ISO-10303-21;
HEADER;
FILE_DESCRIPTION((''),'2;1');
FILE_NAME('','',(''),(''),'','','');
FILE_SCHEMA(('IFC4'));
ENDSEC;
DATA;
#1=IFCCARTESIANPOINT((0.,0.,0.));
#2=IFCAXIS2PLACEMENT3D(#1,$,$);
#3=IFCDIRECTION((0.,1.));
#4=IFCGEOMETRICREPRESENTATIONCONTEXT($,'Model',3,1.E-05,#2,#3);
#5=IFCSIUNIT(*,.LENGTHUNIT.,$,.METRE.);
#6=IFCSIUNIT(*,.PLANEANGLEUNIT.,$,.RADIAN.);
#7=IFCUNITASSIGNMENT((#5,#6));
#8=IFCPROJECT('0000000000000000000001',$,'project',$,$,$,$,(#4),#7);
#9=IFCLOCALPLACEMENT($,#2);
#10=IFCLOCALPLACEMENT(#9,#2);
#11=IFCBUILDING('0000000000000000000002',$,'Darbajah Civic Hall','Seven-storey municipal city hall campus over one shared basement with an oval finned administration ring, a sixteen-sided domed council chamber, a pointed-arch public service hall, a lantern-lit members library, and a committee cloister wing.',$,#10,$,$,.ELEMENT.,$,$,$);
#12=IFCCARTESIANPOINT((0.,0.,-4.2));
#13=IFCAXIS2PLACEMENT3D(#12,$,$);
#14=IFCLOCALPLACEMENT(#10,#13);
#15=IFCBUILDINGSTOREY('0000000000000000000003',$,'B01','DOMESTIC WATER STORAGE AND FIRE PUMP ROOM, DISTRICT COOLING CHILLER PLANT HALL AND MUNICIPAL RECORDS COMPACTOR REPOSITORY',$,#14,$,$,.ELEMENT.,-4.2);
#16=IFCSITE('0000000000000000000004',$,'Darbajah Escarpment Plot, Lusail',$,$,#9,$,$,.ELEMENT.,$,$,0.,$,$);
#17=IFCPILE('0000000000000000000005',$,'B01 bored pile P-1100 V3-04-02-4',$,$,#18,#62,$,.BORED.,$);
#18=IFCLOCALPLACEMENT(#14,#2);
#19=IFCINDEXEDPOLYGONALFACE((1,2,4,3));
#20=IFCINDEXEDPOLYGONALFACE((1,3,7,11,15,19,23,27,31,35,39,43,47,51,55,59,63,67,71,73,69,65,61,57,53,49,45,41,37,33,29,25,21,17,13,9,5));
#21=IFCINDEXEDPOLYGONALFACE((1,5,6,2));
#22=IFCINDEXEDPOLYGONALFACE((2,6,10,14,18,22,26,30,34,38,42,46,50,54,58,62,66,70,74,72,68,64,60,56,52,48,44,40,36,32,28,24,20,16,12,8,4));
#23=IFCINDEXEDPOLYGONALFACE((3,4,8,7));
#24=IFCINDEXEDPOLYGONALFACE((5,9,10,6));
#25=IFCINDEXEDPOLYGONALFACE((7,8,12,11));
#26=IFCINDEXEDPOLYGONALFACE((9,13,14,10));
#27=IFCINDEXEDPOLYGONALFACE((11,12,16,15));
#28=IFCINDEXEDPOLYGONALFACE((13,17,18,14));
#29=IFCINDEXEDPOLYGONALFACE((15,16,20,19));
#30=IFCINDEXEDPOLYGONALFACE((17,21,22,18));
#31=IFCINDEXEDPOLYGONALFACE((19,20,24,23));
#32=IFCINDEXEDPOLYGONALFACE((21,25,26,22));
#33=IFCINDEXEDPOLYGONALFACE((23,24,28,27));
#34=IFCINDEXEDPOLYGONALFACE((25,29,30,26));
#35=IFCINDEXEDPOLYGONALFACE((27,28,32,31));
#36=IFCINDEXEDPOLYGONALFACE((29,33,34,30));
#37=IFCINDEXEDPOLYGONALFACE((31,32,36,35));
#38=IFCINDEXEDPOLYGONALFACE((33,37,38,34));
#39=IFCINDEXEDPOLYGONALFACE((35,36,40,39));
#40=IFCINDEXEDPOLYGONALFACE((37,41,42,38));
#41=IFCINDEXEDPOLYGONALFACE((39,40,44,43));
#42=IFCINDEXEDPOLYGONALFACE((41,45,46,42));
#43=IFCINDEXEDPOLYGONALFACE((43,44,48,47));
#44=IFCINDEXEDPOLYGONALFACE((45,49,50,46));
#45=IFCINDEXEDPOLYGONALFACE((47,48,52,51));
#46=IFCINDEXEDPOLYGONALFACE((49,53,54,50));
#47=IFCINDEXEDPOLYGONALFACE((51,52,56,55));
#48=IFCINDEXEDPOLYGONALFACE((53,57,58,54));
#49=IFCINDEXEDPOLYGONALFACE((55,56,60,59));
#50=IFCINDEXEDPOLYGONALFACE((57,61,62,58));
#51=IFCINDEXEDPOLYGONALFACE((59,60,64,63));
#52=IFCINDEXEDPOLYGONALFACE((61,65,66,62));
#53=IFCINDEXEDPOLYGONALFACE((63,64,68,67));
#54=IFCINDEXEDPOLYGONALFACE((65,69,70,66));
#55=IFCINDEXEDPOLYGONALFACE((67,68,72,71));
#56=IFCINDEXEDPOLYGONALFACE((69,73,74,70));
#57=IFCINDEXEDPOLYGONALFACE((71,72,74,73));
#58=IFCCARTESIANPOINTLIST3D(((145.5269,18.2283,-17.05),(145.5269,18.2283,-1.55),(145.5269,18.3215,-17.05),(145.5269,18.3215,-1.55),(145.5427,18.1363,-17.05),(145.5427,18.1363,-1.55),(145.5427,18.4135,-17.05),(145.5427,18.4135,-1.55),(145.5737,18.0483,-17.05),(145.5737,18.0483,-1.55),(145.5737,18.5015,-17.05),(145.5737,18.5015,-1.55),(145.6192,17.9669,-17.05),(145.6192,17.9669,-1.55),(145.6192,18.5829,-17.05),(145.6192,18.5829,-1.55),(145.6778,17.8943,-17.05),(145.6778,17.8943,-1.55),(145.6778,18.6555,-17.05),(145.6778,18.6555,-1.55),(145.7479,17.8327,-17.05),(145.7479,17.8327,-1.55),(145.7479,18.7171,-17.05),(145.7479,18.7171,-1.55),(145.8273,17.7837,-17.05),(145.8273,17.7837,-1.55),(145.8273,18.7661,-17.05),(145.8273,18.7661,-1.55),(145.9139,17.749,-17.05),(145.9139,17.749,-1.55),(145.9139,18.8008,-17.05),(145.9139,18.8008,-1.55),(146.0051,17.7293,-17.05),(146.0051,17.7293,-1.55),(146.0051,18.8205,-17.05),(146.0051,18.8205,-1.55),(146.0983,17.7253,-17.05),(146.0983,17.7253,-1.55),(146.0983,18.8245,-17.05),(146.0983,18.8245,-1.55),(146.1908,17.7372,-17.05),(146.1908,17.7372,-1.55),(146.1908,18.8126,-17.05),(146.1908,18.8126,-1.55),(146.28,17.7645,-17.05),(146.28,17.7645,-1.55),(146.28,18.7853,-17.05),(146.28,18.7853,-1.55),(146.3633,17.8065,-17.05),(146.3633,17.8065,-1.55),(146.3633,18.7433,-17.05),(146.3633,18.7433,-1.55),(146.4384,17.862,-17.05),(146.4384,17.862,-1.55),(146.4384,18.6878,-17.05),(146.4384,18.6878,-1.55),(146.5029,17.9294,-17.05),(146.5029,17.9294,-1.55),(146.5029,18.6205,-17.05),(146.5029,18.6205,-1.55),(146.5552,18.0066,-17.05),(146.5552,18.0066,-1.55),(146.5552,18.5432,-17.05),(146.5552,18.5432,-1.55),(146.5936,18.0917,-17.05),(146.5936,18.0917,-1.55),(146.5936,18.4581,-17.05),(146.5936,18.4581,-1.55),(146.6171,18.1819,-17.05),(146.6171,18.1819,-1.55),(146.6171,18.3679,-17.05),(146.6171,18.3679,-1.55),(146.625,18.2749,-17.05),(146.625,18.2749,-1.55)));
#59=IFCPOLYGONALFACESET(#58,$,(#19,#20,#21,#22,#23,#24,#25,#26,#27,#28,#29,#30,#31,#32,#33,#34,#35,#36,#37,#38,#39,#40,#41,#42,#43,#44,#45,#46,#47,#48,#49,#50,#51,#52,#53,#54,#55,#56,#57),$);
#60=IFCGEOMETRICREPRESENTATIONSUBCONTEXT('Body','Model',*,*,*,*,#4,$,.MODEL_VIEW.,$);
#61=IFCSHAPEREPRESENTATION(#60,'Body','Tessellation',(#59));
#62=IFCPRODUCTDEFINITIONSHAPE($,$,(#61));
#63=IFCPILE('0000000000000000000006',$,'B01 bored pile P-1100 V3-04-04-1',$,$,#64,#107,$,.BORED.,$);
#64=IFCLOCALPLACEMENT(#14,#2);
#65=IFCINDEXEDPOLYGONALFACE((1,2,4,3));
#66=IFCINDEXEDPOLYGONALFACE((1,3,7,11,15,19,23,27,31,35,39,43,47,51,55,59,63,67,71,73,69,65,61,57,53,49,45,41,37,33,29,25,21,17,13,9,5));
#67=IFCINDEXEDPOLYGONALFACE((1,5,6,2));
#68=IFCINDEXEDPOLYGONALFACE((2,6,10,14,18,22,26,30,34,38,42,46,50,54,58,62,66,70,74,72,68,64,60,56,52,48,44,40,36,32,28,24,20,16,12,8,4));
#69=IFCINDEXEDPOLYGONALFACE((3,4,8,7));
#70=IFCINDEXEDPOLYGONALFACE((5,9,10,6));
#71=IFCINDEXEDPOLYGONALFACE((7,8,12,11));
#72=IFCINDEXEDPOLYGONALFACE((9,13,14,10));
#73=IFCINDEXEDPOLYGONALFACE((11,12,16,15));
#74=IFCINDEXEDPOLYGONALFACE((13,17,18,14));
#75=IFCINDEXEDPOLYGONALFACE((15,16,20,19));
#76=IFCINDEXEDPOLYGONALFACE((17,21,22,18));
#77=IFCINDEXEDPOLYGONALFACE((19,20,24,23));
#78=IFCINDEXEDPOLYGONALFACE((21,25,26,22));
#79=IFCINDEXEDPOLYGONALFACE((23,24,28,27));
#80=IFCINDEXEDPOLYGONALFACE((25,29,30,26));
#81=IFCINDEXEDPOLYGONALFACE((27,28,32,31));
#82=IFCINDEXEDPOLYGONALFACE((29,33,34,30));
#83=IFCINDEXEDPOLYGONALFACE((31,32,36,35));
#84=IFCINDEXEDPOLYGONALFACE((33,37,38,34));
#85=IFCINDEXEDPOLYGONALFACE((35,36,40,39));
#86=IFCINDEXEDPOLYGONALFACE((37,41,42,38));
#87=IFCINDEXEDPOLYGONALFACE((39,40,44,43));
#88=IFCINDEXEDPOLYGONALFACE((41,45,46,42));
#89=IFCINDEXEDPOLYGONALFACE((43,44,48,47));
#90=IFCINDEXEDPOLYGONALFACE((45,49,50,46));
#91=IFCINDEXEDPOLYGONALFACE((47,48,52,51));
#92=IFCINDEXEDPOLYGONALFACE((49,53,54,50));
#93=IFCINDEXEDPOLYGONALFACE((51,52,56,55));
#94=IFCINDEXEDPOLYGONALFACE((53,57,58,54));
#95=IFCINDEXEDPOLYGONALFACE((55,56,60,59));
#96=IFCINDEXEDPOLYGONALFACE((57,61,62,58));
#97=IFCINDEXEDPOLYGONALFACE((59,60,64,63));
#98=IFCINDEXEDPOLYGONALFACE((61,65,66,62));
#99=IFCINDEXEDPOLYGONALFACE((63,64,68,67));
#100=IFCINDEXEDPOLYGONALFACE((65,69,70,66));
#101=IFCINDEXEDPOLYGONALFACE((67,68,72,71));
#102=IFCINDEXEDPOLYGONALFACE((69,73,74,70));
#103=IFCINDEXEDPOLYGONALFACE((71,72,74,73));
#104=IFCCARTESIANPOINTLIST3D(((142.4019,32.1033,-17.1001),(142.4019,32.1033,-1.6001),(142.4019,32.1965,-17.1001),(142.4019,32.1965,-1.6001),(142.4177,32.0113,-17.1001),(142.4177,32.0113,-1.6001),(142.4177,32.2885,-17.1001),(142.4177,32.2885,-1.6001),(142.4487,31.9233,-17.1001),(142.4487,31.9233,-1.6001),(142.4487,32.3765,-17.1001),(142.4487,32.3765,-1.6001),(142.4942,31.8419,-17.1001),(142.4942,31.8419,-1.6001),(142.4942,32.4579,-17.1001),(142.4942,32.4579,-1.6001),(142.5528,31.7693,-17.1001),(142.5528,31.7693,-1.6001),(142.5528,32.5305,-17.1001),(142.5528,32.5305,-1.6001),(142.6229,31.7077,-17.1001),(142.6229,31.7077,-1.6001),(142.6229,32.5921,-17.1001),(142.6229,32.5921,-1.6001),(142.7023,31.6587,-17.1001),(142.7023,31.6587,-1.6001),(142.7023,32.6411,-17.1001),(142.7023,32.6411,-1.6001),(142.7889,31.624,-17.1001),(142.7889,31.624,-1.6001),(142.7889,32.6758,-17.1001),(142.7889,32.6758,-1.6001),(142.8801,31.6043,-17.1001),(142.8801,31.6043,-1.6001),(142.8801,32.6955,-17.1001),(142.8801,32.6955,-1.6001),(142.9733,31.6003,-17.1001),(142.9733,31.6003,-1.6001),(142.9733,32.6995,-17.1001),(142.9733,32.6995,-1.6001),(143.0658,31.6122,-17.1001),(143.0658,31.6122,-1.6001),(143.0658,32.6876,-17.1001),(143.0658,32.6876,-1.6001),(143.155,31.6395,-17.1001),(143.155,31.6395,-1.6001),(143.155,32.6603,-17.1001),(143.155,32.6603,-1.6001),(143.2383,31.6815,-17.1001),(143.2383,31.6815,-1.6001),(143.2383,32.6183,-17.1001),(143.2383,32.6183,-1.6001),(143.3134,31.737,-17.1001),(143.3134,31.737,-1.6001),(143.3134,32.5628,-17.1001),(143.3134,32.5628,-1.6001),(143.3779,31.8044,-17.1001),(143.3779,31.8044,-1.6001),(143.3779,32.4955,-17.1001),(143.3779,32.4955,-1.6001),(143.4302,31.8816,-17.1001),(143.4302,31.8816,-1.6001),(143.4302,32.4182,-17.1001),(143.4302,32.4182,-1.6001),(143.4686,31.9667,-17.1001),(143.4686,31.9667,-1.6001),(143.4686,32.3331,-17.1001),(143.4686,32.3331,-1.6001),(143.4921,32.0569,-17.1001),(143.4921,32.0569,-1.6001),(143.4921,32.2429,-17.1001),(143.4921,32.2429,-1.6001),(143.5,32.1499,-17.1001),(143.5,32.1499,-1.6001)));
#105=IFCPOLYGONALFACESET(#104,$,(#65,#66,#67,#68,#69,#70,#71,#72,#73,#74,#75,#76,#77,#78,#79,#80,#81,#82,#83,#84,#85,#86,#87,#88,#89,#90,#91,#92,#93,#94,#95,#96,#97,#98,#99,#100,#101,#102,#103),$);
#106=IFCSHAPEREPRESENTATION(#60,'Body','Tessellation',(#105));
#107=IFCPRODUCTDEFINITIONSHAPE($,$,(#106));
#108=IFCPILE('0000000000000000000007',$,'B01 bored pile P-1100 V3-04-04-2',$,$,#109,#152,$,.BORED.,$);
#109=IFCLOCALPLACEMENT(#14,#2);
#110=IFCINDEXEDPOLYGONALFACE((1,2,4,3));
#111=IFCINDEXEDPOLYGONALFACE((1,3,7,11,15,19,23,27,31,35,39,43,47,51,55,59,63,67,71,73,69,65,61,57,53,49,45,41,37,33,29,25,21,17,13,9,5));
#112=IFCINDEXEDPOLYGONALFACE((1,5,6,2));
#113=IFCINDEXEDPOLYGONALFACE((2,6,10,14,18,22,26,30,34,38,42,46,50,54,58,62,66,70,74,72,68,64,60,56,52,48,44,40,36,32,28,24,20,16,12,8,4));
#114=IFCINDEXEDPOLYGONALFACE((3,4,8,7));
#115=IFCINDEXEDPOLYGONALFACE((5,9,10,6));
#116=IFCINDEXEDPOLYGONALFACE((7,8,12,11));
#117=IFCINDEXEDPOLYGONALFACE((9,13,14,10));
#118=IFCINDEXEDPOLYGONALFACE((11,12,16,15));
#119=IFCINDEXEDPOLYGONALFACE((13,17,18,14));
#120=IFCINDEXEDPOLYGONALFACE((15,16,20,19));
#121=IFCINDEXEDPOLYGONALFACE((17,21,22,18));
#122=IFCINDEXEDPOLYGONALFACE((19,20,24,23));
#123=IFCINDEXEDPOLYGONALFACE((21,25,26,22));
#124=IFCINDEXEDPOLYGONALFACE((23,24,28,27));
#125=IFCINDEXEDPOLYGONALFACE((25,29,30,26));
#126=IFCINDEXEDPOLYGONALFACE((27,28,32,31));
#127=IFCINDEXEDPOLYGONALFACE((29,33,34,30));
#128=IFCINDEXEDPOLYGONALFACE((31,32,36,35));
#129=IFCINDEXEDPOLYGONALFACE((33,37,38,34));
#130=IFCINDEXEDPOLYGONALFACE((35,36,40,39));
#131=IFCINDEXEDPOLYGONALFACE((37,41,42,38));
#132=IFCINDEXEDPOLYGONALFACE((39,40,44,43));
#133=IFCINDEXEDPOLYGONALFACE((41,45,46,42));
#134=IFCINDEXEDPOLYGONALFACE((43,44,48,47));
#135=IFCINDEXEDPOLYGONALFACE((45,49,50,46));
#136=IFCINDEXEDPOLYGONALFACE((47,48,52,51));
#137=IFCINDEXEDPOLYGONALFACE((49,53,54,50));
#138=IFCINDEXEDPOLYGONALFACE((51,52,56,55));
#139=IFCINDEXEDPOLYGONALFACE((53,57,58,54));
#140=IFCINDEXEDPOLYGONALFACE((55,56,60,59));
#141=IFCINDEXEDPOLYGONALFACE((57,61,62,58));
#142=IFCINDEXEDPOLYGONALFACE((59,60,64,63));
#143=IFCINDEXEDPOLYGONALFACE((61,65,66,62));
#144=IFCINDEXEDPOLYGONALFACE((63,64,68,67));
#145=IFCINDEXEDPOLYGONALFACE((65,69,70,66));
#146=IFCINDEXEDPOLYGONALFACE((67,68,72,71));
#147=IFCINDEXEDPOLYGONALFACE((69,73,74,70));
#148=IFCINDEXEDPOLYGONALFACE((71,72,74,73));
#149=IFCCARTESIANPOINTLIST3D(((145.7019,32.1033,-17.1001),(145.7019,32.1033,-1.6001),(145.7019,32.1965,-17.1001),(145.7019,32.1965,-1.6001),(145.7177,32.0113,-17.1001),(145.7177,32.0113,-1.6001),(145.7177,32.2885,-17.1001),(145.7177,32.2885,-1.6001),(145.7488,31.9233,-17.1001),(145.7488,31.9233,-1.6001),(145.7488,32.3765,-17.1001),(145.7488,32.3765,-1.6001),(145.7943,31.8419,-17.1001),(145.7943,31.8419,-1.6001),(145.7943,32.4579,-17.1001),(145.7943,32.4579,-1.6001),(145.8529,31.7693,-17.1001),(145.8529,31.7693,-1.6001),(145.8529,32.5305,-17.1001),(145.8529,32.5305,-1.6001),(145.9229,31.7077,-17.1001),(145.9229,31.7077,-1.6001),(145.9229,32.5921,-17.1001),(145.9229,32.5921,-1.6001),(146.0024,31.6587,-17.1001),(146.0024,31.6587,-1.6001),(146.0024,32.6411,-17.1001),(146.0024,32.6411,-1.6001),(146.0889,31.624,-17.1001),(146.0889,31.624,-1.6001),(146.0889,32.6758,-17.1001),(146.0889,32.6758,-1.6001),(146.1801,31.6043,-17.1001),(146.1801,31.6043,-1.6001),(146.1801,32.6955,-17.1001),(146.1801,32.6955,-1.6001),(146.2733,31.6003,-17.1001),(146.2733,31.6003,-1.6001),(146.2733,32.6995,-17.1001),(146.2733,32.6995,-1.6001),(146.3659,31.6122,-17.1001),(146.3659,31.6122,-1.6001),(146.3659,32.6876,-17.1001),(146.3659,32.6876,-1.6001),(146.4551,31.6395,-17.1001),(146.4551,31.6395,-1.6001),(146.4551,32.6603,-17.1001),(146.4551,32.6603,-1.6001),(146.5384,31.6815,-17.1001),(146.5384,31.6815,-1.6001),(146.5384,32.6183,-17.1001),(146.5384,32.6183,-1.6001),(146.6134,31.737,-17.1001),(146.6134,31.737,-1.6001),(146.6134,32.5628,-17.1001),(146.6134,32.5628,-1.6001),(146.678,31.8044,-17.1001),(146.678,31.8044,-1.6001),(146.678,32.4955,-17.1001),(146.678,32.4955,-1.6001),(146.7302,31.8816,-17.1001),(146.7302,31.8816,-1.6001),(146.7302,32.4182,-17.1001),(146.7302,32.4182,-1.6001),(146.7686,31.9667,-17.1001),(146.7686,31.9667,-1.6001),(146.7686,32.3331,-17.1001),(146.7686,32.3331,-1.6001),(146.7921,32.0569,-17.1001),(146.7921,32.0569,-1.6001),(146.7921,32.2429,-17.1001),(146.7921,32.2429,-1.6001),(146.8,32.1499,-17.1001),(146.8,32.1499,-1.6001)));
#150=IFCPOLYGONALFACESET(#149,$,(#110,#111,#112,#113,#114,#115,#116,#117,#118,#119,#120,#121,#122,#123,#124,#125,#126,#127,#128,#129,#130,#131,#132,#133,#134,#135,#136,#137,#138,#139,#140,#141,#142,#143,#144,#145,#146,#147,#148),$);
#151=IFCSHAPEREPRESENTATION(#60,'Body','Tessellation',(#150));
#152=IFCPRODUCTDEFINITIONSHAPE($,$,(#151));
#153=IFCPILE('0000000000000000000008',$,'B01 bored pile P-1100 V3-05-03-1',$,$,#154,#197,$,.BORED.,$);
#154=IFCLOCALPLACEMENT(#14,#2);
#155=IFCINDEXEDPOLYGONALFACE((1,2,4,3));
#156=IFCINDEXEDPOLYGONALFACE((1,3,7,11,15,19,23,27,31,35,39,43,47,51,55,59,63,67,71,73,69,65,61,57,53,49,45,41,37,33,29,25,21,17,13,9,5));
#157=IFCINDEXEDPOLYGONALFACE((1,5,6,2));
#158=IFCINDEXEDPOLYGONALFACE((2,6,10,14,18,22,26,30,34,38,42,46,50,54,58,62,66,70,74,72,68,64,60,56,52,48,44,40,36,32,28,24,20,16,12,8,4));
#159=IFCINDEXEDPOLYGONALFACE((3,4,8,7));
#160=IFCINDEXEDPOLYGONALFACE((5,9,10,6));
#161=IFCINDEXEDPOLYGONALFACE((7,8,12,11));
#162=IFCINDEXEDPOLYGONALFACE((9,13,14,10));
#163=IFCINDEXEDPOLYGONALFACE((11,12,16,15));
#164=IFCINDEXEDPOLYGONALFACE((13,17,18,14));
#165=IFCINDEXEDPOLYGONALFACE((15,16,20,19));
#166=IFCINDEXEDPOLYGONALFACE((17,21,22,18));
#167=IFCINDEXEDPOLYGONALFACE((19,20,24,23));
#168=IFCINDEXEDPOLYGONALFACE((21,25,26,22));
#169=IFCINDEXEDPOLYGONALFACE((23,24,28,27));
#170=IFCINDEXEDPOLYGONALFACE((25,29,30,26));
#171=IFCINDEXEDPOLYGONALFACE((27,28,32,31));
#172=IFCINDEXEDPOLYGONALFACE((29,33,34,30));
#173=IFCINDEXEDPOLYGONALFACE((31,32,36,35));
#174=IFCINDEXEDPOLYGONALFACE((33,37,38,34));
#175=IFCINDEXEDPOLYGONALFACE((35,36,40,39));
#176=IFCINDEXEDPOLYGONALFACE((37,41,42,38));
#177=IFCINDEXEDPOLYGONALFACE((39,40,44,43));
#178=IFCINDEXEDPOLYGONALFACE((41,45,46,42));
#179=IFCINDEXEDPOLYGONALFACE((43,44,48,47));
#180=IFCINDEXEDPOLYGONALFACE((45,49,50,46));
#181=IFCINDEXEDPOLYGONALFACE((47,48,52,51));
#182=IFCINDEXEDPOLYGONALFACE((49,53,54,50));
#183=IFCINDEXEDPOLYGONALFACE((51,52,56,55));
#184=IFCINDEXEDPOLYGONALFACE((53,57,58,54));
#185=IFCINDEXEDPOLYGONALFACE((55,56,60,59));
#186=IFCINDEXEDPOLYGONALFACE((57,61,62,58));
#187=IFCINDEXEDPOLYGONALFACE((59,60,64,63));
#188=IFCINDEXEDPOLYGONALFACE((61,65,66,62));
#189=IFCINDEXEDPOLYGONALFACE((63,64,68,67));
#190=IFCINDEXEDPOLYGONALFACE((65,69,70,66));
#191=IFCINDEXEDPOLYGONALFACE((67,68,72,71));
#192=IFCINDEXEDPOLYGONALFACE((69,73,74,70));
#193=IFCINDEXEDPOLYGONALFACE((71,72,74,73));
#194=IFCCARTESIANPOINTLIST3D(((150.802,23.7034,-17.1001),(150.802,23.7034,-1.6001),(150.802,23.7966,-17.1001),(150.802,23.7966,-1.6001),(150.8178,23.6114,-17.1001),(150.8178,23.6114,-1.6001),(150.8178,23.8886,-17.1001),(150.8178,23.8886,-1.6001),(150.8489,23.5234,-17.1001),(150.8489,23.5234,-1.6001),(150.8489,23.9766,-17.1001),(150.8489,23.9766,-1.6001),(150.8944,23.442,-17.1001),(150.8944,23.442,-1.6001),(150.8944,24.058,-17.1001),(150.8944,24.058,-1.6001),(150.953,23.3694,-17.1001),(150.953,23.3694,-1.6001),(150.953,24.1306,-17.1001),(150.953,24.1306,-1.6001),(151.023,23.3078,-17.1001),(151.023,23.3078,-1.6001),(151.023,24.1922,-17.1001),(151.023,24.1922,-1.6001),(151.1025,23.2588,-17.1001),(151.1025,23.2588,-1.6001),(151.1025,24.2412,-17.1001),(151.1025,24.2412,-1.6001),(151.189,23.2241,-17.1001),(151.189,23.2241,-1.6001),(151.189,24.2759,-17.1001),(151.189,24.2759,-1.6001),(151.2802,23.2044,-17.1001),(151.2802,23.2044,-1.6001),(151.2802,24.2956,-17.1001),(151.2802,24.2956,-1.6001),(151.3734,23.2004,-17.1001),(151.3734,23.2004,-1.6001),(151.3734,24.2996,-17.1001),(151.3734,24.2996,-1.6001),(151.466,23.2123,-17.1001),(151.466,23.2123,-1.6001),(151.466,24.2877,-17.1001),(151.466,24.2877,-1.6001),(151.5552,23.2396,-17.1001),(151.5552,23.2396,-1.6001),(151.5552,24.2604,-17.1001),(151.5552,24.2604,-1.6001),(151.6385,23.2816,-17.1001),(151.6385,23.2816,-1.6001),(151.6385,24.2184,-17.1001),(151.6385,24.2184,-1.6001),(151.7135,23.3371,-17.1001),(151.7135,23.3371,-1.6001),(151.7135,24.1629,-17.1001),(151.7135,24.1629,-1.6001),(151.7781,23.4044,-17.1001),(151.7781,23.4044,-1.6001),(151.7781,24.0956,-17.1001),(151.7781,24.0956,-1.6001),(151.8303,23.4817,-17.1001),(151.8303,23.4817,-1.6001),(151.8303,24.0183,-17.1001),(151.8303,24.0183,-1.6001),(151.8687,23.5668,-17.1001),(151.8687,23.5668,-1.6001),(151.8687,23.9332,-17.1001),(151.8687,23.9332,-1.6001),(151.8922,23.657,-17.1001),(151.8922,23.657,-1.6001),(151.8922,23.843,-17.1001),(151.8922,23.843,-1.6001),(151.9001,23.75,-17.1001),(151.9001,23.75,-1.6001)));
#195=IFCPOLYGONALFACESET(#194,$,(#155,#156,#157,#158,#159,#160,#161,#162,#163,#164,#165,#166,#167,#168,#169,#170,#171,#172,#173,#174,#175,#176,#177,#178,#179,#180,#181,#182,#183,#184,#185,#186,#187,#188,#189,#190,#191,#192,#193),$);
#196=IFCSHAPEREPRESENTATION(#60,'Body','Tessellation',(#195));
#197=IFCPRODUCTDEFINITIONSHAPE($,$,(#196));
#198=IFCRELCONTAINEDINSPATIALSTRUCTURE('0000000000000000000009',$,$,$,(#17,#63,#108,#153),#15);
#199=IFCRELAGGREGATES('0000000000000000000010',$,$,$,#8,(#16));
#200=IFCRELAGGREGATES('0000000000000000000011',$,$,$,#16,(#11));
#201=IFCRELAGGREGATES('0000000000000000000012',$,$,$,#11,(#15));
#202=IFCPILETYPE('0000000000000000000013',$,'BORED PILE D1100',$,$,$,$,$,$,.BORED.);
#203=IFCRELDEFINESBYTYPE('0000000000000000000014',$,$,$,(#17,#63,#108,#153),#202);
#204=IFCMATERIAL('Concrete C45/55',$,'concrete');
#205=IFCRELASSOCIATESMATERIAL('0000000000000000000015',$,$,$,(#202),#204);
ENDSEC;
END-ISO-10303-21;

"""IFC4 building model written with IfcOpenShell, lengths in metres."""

from ifc_helpers import new_model, si_unit, direction, frame, origin, origin_2d, place, context, subcontext, project, spatial, circle, extrude, material, material_profile, profile_set, type_object, element, save


model = new_model("IFC4")

# Units and contexts
model_context = context("Model", 3, precision=1e-05, world=origin(), true_north=direction((0.0, 1.0)))
body_context = subcontext(model_context, "Body", "Model", "MODEL_VIEW")
ifc_project = project(units=[si_unit("LENGTHUNIT", "METRE"), si_unit("PLANEANGLEUNIT", "RADIAN")], contexts=[model_context])

# Site, building, storey
site_placement = place(None, origin())
site = spatial("IfcSite", under=ifc_project, at=site_placement, Name="Darbajah Escarpment Plot, Lusail", CompositionType="ELEMENT", RefElevation=0.0)
building_placement = place(site_placement, origin())
building = spatial("IfcBuilding", under=site, at=building_placement, Name="Darbajah Civic Hall", Description="Seven-storey municipal city hall campus over one shared basement with an oval finned administration ring, a sixteen-sided domed council chamber, a pointed-arch public service hall, a lantern-lit members library, and a committee cloister wing.", CompositionType="ELEMENT")
storey_placement = place(building_placement, frame((0.0, 0.0, -4.2)))
storey = spatial("IfcBuildingStorey", under=building, at=storey_placement, Name="B01", Description="DOMESTIC WATER STORAGE AND FIRE PUMP ROOM, DISTRICT COOLING CHILLER PLANT HALL AND MUNICIPAL RECORDS COMPACTOR REPOSITORY", CompositionType="ELEMENT", Elevation=-4.2)

# Piles
ifc_material_1 = material(Name="Concrete C45/55", Category="concrete")
ifc_material_profile_1 = material_profile(ifc_material_1, circle(Radius=0.55, at=origin_2d()), Name="BORED PILE D1100")
ifc_profile_set_1 = profile_set([ifc_material_profile_1], Name="Concrete C45/55")
pile_type_1 = type_object("IfcPileType", Name="BORED PILE D1100", PredefinedType="BORED", material=ifc_profile_set_1)
for number, where, z_axis, x_axis, name in (
    (1, (146.075, 18.2749, -1.55), (0.0, 0.0, -1.0), (1.0, 0.0, 0.0), "B01 bored pile P-1100 V3-04-02-4"),
    (2, (142.95, 32.1499, -1.6001), (0.0, 0.0, -1.0), (1.0, 0.0, 0.0), "B01 bored pile P-1100 V3-04-04-1"),
    (3, (146.25, 32.1499, -1.6001), (0.0, 0.0, -1.0), (1.0, 0.0, 0.0), "B01 bored pile P-1100 V3-04-04-2"),
    (4, (151.3501, 23.75, -1.6001), (0.0, 0.0, -1.0), (1.0, 0.0, 0.0), "B01 bored pile P-1100 V3-05-03-1"),
):
    element("IfcPile", number, at=place(storey_placement, frame(where, z_axis=z_axis, x_axis=x_axis)), inside=storey, type_object=pile_type_1, Name=name, PredefinedType="BORED", context=body_context, shape_type="SweptSolid", body=[
        extrude(circle(Radius=0.55, at=origin_2d()), origin(), (0.0, 0.0, 1.0), 15.5),
    ])

save(model, "model.ifc")
